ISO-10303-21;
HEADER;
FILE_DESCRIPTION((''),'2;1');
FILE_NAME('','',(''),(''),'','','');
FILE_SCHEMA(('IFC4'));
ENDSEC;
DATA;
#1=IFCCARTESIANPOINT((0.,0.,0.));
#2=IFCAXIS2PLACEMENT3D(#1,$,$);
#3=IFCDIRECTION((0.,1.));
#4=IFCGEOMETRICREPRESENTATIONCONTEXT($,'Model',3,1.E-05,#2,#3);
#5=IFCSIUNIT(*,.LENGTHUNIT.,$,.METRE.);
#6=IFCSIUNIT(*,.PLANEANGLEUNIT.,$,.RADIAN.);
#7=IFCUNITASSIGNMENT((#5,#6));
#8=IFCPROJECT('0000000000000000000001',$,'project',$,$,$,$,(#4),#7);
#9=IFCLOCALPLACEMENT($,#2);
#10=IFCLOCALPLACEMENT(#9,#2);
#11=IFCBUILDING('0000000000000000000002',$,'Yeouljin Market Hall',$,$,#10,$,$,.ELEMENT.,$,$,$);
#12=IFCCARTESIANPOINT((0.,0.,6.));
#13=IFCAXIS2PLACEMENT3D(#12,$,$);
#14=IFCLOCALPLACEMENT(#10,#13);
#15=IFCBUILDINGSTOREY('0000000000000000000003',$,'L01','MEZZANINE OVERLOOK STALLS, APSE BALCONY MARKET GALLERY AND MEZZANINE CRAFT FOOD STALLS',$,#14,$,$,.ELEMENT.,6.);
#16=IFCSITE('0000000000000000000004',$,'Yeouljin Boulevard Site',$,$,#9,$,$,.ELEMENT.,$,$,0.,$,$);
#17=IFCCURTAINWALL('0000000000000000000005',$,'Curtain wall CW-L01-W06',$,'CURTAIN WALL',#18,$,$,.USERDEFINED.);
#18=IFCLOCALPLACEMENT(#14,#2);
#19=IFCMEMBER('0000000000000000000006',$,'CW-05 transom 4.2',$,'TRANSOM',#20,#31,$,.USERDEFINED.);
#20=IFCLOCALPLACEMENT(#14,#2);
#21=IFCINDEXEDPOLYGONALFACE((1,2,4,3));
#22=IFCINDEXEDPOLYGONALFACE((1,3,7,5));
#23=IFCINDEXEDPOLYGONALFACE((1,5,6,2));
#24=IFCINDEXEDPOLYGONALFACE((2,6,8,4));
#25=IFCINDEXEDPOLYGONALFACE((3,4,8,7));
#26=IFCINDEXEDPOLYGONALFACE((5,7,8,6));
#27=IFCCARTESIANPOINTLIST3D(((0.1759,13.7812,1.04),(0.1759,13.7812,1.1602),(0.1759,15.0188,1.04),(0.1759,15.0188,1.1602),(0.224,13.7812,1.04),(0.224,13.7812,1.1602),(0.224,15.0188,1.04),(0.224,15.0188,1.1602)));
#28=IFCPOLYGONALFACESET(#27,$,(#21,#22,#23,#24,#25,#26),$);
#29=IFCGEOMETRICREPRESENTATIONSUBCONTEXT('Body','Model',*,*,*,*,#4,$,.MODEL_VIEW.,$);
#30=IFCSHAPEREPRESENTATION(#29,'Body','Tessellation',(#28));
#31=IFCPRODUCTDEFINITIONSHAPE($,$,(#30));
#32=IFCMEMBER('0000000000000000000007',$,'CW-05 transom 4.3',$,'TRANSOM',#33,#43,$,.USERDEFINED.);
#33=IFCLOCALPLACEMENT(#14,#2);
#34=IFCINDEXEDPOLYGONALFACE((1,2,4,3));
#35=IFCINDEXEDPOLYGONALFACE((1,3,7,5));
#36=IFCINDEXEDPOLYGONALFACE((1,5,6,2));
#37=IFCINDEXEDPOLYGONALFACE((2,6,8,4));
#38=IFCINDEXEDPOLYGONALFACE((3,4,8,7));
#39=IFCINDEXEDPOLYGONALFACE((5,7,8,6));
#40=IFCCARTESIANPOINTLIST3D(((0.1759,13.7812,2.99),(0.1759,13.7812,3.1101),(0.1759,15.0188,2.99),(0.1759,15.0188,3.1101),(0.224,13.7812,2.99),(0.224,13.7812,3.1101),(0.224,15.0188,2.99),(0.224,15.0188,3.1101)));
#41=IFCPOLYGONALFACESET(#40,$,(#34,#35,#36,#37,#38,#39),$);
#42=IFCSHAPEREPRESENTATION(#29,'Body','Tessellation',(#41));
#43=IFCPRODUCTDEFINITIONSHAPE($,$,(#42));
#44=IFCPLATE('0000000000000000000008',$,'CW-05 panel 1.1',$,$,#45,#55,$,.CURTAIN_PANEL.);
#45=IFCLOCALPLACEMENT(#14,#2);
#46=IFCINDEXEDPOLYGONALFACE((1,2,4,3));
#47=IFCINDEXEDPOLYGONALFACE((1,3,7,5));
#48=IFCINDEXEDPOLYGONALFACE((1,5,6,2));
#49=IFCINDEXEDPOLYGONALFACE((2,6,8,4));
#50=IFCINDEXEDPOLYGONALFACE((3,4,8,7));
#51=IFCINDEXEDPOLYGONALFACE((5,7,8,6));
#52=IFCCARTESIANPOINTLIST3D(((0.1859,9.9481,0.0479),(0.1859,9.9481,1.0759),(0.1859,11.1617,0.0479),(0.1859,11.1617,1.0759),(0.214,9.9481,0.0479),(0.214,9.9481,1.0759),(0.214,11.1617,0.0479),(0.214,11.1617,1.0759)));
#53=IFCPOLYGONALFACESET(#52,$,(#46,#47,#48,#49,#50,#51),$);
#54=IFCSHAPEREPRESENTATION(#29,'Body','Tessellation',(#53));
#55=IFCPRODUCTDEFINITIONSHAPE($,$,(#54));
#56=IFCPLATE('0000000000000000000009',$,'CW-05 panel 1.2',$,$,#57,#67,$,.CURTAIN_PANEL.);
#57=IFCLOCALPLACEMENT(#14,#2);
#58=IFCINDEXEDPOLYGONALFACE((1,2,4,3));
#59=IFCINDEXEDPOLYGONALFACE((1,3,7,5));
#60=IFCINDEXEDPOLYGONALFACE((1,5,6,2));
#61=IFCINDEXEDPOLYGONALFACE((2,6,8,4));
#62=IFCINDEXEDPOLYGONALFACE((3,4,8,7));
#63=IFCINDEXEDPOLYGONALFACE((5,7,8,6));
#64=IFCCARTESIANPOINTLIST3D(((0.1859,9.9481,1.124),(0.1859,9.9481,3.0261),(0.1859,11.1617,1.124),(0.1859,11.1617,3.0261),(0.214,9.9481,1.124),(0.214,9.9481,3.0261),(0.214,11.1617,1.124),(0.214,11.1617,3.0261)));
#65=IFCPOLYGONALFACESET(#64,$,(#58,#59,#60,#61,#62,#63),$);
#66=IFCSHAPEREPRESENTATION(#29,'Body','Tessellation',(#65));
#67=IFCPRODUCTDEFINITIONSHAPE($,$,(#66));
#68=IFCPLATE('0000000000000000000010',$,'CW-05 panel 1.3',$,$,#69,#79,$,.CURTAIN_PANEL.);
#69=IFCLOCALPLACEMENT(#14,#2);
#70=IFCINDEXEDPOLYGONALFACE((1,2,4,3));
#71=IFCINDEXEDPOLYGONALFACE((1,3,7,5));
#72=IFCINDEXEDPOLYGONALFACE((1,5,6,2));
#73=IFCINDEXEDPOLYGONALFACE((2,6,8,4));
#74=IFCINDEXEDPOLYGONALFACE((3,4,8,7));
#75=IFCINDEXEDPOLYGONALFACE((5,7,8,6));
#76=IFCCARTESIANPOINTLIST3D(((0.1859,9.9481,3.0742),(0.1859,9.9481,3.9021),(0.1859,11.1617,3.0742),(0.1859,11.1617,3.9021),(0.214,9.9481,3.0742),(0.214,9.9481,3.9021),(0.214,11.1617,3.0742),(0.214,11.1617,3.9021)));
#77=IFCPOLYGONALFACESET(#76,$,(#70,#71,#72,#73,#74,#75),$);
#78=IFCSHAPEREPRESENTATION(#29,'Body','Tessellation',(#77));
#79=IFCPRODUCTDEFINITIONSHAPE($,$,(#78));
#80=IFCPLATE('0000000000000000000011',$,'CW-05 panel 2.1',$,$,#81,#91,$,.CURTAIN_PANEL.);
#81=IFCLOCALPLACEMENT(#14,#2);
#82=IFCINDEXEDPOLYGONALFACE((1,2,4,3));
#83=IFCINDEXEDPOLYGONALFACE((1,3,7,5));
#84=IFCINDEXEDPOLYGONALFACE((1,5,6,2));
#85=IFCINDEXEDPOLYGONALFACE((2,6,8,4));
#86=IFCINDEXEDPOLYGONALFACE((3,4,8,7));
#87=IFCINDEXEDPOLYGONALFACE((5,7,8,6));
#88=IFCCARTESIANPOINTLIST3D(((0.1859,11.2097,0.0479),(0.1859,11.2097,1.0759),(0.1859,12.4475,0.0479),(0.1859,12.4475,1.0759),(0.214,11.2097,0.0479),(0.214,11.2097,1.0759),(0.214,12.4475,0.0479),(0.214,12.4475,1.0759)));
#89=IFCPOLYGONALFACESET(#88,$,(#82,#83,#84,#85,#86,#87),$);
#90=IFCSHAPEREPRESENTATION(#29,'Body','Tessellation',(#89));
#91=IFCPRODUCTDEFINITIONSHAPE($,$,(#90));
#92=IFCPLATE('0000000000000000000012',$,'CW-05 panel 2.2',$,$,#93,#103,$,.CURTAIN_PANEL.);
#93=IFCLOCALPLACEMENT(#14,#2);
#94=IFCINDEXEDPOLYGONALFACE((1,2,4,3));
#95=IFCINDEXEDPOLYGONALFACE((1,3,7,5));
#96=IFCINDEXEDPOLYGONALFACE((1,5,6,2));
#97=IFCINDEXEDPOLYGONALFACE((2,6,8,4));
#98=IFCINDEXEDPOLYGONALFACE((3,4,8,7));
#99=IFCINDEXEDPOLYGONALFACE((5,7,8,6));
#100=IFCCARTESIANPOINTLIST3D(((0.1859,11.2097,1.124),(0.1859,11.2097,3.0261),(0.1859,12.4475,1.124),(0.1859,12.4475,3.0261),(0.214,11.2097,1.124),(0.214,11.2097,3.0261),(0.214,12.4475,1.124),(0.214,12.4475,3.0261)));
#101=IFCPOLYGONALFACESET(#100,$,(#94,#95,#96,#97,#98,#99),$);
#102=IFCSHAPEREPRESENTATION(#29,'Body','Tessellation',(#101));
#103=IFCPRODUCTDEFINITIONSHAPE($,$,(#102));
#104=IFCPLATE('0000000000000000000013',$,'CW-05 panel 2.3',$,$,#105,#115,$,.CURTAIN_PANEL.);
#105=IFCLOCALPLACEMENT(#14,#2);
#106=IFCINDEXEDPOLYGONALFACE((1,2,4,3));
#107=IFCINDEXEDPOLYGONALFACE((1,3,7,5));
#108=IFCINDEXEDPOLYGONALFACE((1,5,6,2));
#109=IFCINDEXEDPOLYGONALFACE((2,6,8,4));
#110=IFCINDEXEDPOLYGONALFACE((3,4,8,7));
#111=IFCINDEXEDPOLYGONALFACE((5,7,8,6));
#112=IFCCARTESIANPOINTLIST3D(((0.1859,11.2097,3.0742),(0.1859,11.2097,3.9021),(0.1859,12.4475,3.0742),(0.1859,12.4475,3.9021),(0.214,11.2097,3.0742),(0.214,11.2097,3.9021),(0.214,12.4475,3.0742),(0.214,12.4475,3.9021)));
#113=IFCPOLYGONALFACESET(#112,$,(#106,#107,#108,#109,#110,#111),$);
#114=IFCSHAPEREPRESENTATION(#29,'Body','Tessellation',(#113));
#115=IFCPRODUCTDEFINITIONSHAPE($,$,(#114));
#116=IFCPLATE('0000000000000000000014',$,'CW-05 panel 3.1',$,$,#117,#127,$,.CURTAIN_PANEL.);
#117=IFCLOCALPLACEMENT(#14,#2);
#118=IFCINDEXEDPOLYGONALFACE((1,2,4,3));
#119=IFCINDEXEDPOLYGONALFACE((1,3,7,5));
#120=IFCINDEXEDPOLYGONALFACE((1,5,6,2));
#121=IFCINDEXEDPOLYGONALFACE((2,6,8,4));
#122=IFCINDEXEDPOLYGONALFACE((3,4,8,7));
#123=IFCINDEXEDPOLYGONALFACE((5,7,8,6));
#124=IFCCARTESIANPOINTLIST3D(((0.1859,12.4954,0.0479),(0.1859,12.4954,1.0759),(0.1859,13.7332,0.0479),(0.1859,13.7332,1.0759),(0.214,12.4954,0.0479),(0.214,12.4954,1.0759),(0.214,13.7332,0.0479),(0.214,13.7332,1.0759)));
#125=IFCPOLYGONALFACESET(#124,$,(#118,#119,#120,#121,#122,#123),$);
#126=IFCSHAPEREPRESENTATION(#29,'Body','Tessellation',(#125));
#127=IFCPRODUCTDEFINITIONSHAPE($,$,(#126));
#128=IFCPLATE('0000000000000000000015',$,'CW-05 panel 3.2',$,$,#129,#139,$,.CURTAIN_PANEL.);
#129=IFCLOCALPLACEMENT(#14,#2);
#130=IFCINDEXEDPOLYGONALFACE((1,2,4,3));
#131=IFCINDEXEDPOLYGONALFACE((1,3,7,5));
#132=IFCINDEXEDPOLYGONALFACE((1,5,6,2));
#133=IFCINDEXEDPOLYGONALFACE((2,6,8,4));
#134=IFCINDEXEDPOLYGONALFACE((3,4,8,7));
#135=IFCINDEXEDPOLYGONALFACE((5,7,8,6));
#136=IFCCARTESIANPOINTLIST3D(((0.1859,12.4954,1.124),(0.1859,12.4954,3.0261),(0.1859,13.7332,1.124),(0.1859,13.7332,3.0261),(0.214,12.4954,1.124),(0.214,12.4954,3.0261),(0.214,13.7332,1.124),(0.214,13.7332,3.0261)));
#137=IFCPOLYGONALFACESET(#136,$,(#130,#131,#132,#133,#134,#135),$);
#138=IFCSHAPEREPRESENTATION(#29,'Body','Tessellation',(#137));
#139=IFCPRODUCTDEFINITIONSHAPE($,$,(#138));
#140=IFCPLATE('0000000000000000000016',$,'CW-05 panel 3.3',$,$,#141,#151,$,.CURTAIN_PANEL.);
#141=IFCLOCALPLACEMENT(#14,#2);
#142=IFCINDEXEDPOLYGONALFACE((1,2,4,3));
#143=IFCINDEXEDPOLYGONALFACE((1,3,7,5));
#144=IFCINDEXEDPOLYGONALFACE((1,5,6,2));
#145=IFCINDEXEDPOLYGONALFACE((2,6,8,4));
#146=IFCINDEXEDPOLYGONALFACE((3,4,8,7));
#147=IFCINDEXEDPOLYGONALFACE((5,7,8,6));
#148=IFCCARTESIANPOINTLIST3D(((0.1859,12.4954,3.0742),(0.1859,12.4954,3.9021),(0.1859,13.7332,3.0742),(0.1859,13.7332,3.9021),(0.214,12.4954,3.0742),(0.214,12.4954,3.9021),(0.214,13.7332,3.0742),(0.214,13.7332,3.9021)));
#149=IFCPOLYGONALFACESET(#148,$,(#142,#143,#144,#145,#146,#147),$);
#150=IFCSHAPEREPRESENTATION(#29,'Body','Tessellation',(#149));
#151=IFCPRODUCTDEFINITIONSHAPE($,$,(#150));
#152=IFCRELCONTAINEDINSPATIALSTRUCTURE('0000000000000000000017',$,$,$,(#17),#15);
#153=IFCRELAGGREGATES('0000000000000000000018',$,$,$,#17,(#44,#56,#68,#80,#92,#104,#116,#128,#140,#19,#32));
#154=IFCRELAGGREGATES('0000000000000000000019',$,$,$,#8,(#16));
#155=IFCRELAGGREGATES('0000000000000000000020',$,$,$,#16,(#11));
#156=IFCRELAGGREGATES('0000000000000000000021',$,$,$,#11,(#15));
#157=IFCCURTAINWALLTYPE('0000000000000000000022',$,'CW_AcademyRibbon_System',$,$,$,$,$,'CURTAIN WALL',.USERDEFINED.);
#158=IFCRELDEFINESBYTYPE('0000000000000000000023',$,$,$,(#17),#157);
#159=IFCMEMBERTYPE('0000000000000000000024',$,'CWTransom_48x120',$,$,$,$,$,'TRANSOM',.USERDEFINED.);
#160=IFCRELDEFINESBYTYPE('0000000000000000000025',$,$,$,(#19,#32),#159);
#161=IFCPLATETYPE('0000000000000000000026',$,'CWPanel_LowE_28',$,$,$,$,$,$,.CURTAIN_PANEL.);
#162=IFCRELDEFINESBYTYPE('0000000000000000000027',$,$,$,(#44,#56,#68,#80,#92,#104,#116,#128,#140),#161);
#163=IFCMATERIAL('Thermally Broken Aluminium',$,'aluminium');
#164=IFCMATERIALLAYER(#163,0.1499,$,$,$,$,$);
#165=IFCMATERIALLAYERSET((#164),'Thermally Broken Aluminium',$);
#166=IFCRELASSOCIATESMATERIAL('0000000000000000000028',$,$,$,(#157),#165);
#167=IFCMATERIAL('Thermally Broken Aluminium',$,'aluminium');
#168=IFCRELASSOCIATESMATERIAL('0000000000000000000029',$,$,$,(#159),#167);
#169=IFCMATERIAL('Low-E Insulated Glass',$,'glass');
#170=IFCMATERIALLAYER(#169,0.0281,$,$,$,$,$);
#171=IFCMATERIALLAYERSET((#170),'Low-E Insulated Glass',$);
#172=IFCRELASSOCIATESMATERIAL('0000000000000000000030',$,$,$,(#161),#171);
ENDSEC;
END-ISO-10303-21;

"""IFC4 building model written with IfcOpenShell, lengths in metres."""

from ifc_helpers import new_model, si_unit, direction, frame, origin, origin_2d, place, context, subcontext, project, spatial, rectangle, extrude, material, layer, layer_set, material_profile, profile_set, type_object, element, aggregate, save


model = new_model("IFC4")

# Units and contexts
model_context = context("Model", 3, precision=1e-05, world=origin(), true_north=direction((0.0, 1.0)))
body_context = subcontext(model_context, "Body", "Model", "MODEL_VIEW")
ifc_project = project(units=[si_unit("LENGTHUNIT", "METRE"), si_unit("PLANEANGLEUNIT", "RADIAN")], contexts=[model_context])

# Site, building, storey
site_placement = place(None, origin())
site = spatial("IfcSite", under=ifc_project, at=site_placement, Name="Yeouljin Boulevard Site", CompositionType="ELEMENT", RefElevation=0.0)
building_placement = place(site_placement, origin())
building = spatial("IfcBuilding", under=site, at=building_placement, Name="Yeouljin Market Hall", CompositionType="ELEMENT")
storey_placement = place(building_placement, frame((0.0, 0.0, 6.0)))
storey = spatial("IfcBuildingStorey", under=building, at=storey_placement, Name="L01", Description="MEZZANINE OVERLOOK STALLS, APSE BALCONY MARKET GALLERY AND MEZZANINE CRAFT FOOD STALLS", CompositionType="ELEMENT", Elevation=6.0)

# Curtain wall, members, plates
ifc_material_1 = material(Name="Thermally Broken Aluminium", Category="aluminium")
ifc_layer_1 = layer(ifc_material_1, 0.1499)
ifc_layer_set_1 = layer_set([ifc_layer_1], Name="Thermally Broken Aluminium")
curtain_wall_type = type_object("IfcCurtainWallType", Name="CW_AcademyRibbon_System", ElementType="CURTAIN WALL", PredefinedType="USERDEFINED", material=ifc_layer_set_1)
curtain_wall_placement = place(storey_placement, origin())
curtain_wall = element("IfcCurtainWall", 1, at=curtain_wall_placement, inside=storey, type_object=curtain_wall_type, Name="Curtain wall CW-L01-W06", ObjectType="CURTAIN WALL", PredefinedType="USERDEFINED")
ifc_material_2 = material(Name="Thermally Broken Aluminium", Category="aluminium")
ifc_material_profile_1 = material_profile(ifc_material_2, rectangle(XDim=0.0481, YDim=0.1201, at=origin_2d()), Name="CW-TRAN-48x120")
ifc_profile_set_1 = profile_set([ifc_material_profile_1], Name="Thermally Broken Aluminium")
member_type_1 = type_object("IfcMemberType", Name="CWTransom_48x120", ElementType="TRANSOM", PredefinedType="USERDEFINED", material=ifc_profile_set_1)
member_1_placement = place(storey_placement, frame((0.2, 13.7812, 1.1001), z_axis=(0.0, 1.0, 0.0), x_axis=(-1.0, 0.0, 0.0)))
member_1 = element("IfcMember", 2, at=member_1_placement, type_object=member_type_1, Name="CW-05 transom 4.2", ObjectType="TRANSOM", PredefinedType="USERDEFINED", context=body_context, shape_type="SweptSolid", body=[
    extrude(rectangle(XDim=0.0481, YDim=0.1201, at=origin_2d()), origin(), (0.0, 0.0, 1.0), 1.2375),
])
member_2_placement = place(storey_placement, frame((0.2, 13.7812, 3.05), z_axis=(0.0, 1.0, 0.0), x_axis=(-1.0, 0.0, 0.0)))
member_2 = element("IfcMember", 3, at=member_2_placement, type_object=member_type_1, Name="CW-05 transom 4.3", ObjectType="TRANSOM", PredefinedType="USERDEFINED", context=body_context, shape_type="SweptSolid", body=[
    extrude(rectangle(XDim=0.0481, YDim=0.1201, at=origin_2d()), origin(), (0.0, 0.0, 1.0), 1.2375),
])
ifc_material_3 = material(Name="Low-E Insulated Glass", Category="glass")
ifc_layer_2 = layer(ifc_material_3, 0.0281)
ifc_layer_set_2 = layer_set([ifc_layer_2], Name="Low-E Insulated Glass")
plate_type = type_object("IfcPlateType", Name="CWPanel_LowE_28", PredefinedType="CURTAIN_PANEL", material=ifc_layer_set_2)
plate_1_placement = place(storey_placement, frame((0.2, 10.5549, 0.0479), z_axis=(0.0, 0.0, 1.0), x_axis=(0.0, 1.0, 0.0)))
plate_1 = element("IfcPlate", 4, at=plate_1_placement, type_object=plate_type, Name="CW-05 panel 1.1", PredefinedType="CURTAIN_PANEL", context=body_context, shape_type="SweptSolid", body=[
    extrude(rectangle(XDim=1.2136, YDim=0.0281, at=origin_2d()), origin(), (0.0, 0.0, 1.0), 1.0281),
])
plate_2_placement = place(storey_placement, frame((0.2, 10.5549, 1.124), z_axis=(0.0, 0.0, 1.0), x_axis=(0.0, 1.0, 0.0)))
plate_2 = element("IfcPlate", 5, at=plate_2_placement, type_object=plate_type, Name="CW-05 panel 1.2", PredefinedType="CURTAIN_PANEL", context=body_context, shape_type="SweptSolid", body=[
    extrude(rectangle(XDim=1.2136, YDim=0.0281, at=origin_2d()), origin(), (0.0, 0.0, 1.0), 1.9021),
])
plate_3_placement = place(storey_placement, frame((0.2, 10.5549, 3.0742), z_axis=(0.0, 0.0, 1.0), x_axis=(0.0, 1.0, 0.0)))
plate_3 = element("IfcPlate", 6, at=plate_3_placement, type_object=plate_type, Name="CW-05 panel 1.3", PredefinedType="CURTAIN_PANEL", context=body_context, shape_type="SweptSolid", body=[
    extrude(rectangle(XDim=1.2136, YDim=0.0281, at=origin_2d()), origin(), (0.0, 0.0, 1.0), 0.8279),
])
plate_4_placement = place(storey_placement, frame((0.2, 11.8286, 0.0479), z_axis=(0.0, 0.0, 1.0), x_axis=(0.0, 1.0, 0.0)))
plate_4 = element("IfcPlate", 7, at=plate_4_placement, type_object=plate_type, Name="CW-05 panel 2.1", PredefinedType="CURTAIN_PANEL", context=body_context, shape_type="SweptSolid", body=[
    extrude(rectangle(XDim=1.2378, YDim=0.0281, at=origin_2d()), origin(), (0.0, 0.0, 1.0), 1.0281),
])
plate_5_placement = place(storey_placement, frame((0.2, 11.8286, 1.124), z_axis=(0.0, 0.0, 1.0), x_axis=(0.0, 1.0, 0.0)))
plate_5 = element("IfcPlate", 8, at=plate_5_placement, type_object=plate_type, Name="CW-05 panel 2.2", PredefinedType="CURTAIN_PANEL", context=body_context, shape_type="SweptSolid", body=[
    extrude(rectangle(XDim=1.2378, YDim=0.0281, at=origin_2d()), origin(), (0.0, 0.0, 1.0), 1.9021),
])
plate_6_placement = place(storey_placement, frame((0.2, 11.8286, 3.0742), z_axis=(0.0, 0.0, 1.0), x_axis=(0.0, 1.0, 0.0)))
plate_6 = element("IfcPlate", 9, at=plate_6_placement, type_object=plate_type, Name="CW-05 panel 2.3", PredefinedType="CURTAIN_PANEL", context=body_context, shape_type="SweptSolid", body=[
    extrude(rectangle(XDim=1.2378, YDim=0.0281, at=origin_2d()), origin(), (0.0, 0.0, 1.0), 0.8279),
])
plate_7_placement = place(storey_placement, frame((0.2, 13.1143, 0.0479), z_axis=(0.0, 0.0, 1.0), x_axis=(0.0, 1.0, 0.0)))
plate_7 = element("IfcPlate", 10, at=plate_7_placement, type_object=plate_type, Name="CW-05 panel 3.1", PredefinedType="CURTAIN_PANEL", context=body_context, shape_type="SweptSolid", body=[
    extrude(rectangle(XDim=1.2378, YDim=0.0281, at=origin_2d()), origin(), (0.0, 0.0, 1.0), 1.0281),
])
plate_8_placement = place(storey_placement, frame((0.2, 13.1143, 1.124), z_axis=(0.0, 0.0, 1.0), x_axis=(0.0, 1.0, 0.0)))
plate_8 = element("IfcPlate", 11, at=plate_8_placement, type_object=plate_type, Name="CW-05 panel 3.2", PredefinedType="CURTAIN_PANEL", context=body_context, shape_type="SweptSolid", body=[
    extrude(rectangle(XDim=1.2378, YDim=0.0281, at=origin_2d()), origin(), (0.0, 0.0, 1.0), 1.9021),
])
plate_9_placement = place(storey_placement, frame((0.2, 13.1143, 3.0742), z_axis=(0.0, 0.0, 1.0), x_axis=(0.0, 1.0, 0.0)))
plate_9 = element("IfcPlate", 12, at=plate_9_placement, type_object=plate_type, Name="CW-05 panel 3.3", PredefinedType="CURTAIN_PANEL", context=body_context, shape_type="SweptSolid", body=[
    extrude(rectangle(XDim=1.2378, YDim=0.0281, at=origin_2d()), origin(), (0.0, 0.0, 1.0), 0.8279),
])
aggregate(curtain_wall, [plate_1, plate_2, plate_3, plate_4, plate_5, plate_6, plate_7, plate_8, plate_9, member_1, member_2])

save(model, "model.ifc")
